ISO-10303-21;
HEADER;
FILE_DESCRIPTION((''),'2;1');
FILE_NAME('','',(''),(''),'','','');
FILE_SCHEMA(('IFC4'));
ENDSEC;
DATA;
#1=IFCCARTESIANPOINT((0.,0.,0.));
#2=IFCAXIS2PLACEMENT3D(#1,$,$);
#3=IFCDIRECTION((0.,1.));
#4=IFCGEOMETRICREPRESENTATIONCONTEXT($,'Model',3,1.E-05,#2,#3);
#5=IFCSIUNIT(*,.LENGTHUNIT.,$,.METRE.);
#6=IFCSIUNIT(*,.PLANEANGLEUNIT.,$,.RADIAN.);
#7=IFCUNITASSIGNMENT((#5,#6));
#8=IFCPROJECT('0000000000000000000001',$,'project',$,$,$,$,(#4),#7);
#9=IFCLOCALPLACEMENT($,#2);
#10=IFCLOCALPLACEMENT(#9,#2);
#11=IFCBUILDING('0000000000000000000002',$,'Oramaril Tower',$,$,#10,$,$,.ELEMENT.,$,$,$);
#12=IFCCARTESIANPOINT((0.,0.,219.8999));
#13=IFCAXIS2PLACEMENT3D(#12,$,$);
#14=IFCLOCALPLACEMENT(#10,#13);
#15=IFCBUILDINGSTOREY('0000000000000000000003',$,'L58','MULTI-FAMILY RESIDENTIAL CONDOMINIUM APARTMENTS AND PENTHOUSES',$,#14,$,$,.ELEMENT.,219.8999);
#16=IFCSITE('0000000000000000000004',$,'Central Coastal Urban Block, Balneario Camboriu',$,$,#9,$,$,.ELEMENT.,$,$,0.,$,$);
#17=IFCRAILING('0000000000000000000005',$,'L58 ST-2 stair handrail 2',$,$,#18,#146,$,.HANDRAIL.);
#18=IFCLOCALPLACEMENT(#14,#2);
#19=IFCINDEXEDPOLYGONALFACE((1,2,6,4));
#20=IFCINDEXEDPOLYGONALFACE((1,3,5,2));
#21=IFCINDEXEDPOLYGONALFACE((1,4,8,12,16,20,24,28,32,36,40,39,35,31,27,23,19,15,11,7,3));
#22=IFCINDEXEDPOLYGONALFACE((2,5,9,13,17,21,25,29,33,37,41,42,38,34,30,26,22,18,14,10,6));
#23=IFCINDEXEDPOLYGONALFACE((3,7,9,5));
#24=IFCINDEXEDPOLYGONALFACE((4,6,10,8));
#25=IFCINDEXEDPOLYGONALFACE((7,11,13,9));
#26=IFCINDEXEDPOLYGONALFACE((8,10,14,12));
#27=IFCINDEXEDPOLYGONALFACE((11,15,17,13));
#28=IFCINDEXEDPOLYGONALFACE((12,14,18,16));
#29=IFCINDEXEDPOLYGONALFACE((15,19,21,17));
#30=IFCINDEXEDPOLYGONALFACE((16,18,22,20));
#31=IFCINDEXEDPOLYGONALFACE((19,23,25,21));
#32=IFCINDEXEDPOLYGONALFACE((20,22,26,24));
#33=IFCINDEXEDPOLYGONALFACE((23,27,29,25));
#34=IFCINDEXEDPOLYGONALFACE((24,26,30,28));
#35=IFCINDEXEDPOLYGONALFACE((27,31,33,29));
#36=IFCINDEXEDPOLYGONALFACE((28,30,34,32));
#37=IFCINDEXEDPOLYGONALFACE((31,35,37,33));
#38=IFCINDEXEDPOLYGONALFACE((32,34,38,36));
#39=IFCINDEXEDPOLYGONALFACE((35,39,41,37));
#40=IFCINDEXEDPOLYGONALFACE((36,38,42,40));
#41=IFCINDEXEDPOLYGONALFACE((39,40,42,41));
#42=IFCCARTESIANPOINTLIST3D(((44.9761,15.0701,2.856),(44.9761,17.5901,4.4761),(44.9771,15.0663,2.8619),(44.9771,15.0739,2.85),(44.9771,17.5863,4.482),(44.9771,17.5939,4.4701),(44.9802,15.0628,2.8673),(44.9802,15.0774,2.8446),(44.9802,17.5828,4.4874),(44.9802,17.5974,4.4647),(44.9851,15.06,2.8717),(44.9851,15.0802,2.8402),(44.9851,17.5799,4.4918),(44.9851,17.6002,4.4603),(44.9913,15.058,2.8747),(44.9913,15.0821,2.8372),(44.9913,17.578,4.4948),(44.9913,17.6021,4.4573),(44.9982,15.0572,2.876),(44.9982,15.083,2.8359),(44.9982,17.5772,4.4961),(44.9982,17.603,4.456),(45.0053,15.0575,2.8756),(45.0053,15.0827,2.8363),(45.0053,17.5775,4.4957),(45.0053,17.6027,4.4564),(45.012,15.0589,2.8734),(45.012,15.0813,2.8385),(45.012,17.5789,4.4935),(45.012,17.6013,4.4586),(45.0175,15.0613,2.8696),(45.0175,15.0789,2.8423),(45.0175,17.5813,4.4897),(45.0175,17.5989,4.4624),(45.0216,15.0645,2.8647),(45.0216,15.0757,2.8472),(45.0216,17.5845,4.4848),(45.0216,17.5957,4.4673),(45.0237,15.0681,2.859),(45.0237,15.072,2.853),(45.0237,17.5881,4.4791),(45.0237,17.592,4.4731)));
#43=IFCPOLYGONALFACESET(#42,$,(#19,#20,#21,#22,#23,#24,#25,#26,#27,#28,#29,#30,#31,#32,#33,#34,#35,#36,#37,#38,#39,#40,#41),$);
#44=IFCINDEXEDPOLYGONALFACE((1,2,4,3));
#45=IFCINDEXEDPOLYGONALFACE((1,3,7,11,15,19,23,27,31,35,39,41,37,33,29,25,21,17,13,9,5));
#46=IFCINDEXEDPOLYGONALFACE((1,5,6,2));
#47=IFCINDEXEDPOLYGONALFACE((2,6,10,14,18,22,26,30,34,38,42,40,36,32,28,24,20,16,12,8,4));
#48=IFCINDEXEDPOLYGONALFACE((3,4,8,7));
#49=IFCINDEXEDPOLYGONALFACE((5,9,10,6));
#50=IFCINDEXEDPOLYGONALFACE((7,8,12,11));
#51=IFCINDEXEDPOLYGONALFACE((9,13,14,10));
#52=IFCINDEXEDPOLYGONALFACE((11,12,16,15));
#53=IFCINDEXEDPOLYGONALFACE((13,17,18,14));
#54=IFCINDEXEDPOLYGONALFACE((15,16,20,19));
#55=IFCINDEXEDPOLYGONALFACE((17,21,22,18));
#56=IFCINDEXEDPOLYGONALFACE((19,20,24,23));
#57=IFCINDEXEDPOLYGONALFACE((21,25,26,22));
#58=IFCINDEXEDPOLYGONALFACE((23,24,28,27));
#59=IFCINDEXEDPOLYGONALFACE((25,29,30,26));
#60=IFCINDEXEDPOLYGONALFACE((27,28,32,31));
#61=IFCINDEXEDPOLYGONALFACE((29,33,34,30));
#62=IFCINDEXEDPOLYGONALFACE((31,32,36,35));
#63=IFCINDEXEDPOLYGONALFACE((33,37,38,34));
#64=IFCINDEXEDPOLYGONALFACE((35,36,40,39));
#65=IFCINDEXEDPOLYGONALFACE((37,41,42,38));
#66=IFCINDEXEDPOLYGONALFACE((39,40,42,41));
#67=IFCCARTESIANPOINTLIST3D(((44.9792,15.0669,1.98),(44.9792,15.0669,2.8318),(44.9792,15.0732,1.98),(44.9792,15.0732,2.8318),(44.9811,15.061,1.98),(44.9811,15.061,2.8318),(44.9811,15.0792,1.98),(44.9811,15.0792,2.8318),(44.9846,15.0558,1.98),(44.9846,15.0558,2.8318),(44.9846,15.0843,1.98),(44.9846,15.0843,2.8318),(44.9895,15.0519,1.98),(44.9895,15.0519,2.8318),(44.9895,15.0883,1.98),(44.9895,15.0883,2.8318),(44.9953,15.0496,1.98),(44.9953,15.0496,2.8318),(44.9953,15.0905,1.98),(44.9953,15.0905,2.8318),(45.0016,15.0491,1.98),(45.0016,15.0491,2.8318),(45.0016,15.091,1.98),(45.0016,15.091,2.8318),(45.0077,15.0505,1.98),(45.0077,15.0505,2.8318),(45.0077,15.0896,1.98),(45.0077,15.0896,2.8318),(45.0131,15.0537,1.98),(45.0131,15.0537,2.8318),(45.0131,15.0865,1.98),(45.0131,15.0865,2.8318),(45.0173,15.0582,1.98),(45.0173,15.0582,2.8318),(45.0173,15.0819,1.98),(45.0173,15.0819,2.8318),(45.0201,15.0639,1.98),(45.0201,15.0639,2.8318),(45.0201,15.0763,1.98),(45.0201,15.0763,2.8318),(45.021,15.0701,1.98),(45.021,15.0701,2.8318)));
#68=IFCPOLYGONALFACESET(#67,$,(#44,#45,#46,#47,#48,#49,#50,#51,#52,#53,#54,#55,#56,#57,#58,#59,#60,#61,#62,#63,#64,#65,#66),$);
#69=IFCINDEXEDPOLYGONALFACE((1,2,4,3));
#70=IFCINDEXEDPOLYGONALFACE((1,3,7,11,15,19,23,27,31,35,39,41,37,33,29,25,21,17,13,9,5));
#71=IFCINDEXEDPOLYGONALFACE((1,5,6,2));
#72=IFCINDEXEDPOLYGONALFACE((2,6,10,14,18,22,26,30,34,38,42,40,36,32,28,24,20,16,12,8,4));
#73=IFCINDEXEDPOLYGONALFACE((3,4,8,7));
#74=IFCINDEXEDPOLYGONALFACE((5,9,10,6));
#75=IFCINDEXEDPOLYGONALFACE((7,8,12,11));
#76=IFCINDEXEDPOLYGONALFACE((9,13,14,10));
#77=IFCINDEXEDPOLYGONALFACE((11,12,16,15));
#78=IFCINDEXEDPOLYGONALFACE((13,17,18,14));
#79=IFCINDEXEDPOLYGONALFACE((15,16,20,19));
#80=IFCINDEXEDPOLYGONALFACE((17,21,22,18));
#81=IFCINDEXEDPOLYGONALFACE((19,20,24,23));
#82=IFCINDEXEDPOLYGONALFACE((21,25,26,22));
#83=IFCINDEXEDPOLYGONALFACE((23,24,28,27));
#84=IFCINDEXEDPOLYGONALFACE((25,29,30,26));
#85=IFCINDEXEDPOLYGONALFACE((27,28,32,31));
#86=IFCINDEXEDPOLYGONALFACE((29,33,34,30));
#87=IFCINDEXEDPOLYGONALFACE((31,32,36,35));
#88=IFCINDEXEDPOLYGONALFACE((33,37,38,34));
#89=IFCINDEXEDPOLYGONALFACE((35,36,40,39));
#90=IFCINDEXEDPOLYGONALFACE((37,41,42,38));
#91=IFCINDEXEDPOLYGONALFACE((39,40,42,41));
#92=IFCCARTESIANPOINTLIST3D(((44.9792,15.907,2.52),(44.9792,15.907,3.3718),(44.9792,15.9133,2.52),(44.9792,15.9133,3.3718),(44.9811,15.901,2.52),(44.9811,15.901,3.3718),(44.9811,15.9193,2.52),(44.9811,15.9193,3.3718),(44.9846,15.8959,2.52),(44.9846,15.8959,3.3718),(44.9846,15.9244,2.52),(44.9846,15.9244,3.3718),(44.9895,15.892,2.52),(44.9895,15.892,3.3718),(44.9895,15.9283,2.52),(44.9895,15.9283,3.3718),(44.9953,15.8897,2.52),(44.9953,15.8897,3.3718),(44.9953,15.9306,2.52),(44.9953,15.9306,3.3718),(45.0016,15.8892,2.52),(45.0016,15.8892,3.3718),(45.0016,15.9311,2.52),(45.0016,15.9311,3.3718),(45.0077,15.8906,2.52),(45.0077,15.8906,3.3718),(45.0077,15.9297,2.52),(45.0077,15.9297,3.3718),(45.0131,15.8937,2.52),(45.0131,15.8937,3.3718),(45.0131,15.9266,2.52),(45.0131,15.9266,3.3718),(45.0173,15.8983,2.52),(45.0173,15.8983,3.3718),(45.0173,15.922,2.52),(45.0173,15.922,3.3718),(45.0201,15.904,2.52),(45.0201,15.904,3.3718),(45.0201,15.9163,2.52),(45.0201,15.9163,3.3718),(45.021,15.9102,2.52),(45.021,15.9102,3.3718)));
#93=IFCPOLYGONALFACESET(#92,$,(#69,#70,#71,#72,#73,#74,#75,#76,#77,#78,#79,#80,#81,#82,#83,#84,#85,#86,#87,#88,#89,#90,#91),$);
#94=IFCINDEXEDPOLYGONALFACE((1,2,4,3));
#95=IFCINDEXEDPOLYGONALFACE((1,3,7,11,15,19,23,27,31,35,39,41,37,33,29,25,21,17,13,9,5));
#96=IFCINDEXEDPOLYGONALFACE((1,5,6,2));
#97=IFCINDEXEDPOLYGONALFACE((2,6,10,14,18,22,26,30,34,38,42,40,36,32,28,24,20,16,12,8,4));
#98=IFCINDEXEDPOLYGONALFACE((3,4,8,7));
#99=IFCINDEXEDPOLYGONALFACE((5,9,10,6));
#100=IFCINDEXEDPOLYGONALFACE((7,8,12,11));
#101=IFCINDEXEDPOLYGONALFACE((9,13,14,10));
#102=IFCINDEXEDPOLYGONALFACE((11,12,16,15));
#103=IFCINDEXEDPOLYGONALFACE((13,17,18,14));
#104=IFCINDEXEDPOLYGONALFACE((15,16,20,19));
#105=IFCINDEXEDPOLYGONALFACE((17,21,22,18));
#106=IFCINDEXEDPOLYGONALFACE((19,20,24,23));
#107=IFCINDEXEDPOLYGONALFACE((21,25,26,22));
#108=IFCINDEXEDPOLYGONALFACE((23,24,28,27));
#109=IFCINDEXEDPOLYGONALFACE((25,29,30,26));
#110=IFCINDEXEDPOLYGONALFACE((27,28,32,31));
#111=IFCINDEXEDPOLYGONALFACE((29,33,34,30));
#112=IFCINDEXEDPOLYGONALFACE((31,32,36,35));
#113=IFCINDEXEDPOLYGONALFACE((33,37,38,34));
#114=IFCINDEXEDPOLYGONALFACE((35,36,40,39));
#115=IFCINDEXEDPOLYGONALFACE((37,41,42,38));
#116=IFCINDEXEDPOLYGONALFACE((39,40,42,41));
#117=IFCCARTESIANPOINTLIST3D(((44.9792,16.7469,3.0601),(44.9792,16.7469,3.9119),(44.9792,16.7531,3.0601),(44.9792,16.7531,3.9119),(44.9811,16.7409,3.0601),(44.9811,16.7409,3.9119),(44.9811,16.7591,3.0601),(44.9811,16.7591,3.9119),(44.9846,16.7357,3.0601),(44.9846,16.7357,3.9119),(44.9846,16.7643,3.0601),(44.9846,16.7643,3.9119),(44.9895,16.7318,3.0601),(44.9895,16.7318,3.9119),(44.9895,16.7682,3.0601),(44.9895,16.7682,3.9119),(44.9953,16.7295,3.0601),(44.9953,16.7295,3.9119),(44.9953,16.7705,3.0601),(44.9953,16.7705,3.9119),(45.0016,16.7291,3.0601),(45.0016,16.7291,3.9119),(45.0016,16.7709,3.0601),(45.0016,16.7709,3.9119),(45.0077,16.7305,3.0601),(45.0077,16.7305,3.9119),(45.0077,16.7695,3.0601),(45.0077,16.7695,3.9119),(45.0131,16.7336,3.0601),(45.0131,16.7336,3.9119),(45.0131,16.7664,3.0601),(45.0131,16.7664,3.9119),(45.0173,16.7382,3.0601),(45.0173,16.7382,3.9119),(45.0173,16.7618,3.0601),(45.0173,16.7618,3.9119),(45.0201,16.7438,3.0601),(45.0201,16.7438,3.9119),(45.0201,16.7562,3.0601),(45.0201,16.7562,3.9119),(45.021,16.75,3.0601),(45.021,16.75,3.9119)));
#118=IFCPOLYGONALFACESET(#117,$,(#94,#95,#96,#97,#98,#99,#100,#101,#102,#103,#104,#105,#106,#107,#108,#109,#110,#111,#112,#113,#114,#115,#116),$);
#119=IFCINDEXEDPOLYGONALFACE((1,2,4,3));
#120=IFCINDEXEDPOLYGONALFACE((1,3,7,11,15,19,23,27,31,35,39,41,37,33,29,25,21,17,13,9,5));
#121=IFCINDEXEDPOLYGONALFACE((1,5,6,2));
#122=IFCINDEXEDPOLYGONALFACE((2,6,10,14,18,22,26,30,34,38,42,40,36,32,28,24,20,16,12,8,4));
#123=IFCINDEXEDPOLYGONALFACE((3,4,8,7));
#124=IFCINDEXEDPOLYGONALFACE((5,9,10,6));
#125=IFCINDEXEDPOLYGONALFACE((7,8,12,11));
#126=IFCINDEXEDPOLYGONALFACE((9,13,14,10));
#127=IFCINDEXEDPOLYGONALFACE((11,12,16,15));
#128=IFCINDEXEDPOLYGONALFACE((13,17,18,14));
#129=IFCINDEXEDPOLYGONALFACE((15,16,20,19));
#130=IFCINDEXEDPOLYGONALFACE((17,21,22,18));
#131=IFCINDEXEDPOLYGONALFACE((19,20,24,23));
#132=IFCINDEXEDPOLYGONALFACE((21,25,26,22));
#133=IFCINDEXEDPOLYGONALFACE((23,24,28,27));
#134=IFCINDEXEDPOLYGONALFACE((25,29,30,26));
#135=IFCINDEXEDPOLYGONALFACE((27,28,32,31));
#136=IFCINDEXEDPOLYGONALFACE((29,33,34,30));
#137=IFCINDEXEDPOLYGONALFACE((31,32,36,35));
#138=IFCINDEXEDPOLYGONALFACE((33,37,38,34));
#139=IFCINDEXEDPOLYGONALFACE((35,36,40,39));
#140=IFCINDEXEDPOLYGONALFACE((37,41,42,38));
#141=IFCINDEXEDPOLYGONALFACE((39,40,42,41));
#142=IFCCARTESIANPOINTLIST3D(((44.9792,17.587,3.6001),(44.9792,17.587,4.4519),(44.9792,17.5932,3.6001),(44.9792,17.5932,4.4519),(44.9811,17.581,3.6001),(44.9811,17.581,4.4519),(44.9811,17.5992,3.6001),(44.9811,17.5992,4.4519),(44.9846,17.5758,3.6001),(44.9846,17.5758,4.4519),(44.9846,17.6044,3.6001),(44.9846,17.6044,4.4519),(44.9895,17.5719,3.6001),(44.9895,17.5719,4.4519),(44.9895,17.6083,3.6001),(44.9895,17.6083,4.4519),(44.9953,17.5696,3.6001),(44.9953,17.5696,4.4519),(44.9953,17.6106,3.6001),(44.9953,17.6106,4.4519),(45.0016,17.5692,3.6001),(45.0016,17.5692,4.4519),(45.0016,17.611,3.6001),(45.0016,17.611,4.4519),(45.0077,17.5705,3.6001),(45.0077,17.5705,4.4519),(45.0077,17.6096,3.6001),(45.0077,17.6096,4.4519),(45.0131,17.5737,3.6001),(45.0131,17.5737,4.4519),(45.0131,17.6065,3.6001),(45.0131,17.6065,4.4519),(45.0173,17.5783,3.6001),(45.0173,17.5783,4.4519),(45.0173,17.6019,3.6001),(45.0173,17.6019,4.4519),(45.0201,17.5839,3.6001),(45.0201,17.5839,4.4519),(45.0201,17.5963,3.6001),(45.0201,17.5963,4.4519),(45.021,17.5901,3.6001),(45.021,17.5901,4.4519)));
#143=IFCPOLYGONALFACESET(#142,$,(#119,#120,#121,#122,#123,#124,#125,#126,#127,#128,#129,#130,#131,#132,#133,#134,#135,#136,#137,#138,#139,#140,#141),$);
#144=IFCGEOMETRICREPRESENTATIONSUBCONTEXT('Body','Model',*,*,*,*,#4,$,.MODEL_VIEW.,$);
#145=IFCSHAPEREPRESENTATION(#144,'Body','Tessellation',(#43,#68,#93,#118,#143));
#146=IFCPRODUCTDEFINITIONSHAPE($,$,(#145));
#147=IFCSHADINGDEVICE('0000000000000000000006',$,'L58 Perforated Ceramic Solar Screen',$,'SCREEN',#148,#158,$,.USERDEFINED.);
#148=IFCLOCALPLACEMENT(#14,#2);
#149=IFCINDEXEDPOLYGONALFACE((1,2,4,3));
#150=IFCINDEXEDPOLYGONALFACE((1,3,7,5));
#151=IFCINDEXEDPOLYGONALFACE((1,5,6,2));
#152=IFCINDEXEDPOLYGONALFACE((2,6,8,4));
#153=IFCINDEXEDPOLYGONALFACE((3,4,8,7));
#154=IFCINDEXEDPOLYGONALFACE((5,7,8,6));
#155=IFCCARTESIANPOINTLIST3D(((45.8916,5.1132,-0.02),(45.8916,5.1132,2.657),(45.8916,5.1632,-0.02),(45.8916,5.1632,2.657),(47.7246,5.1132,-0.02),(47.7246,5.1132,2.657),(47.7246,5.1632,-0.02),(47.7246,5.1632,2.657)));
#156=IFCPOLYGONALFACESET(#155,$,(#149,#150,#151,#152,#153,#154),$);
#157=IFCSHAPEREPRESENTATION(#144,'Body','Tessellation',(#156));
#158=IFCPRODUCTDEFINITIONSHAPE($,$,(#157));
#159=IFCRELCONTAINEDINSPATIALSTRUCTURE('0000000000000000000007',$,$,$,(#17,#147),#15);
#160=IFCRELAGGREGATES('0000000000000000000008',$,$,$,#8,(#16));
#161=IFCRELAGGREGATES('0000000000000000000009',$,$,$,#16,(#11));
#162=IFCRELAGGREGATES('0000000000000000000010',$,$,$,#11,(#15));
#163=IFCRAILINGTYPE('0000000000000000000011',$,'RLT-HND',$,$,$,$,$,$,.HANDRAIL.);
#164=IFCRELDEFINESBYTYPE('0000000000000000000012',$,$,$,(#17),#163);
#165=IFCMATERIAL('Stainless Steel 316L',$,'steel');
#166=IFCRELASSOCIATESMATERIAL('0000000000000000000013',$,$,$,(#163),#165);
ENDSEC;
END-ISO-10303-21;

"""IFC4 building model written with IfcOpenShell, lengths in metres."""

from ifc_helpers import new_model, si_unit, direction, frame, origin, origin_2d, place, context, subcontext, project, spatial, rectangle, circle, extrude, material, type_object, element, save


model = new_model("IFC4")

# Units and contexts
model_context = context("Model", 3, precision=1e-05, world=origin(), true_north=direction((0.0, 1.0)))
body_context = subcontext(model_context, "Body", "Model", "MODEL_VIEW")
ifc_project = project(units=[si_unit("LENGTHUNIT", "METRE"), si_unit("PLANEANGLEUNIT", "RADIAN")], contexts=[model_context])

# Site, building, storey
site_placement = place(None, origin())
site = spatial("IfcSite", under=ifc_project, at=site_placement, Name="Central Coastal Urban Block, Balneario Camboriu", CompositionType="ELEMENT", RefElevation=0.0)
building_placement = place(site_placement, origin())
building = spatial("IfcBuilding", under=site, at=building_placement, Name="Oramaril Tower", CompositionType="ELEMENT")
storey_placement = place(building_placement, frame((0.0, 0.0, 219.8999)))
storey = spatial("IfcBuildingStorey", under=building, at=storey_placement, Name="L58", Description="MULTI-FAMILY RESIDENTIAL CONDOMINIUM APARTMENTS AND PENTHOUSES", CompositionType="ELEMENT", Elevation=219.8999)

# Railing
ifc_material_1 = material(Name="Stainless Steel 316L", Category="steel")
railing_type_1 = type_object("IfcRailingType", Name="RLT-HND", PredefinedType="HANDRAIL", material=ifc_material_1)
railing_1_placement = place(storey_placement, frame((45.0, 15.0701, 1.98)))
element("IfcRailing", 1, at=railing_1_placement, inside=storey, type_object=railing_type_1, Name="L58 ST-2 stair handrail 2", PredefinedType="HANDRAIL", context=body_context, shape_type="SweptSolid", body=[
    extrude(circle(Radius=0.0239, at=origin_2d()), frame((0.0, 0.0, 0.876), z_axis=(0.0, 0.841163, 0.540782), x_axis=(-1.0, 0.0, 0.0)), (0.0, 0.0, 1.0), 2.9958),
    extrude(circle(Radius=0.021, at=origin_2d()), origin(), (0.0, 0.0, 1.0), 0.8518),
    extrude(circle(Radius=0.021, at=origin_2d()), frame((0.0, 0.8401, 0.54)), (0.0, 0.0, 1.0), 0.8518),
    extrude(circle(Radius=0.021, at=origin_2d()), frame((0.0, 1.6799, 1.0801)), (0.0, 0.0, 1.0), 0.8518),
    extrude(circle(Radius=0.021, at=origin_2d()), frame((0.0, 2.52, 1.6201)), (0.0, 0.0, 1.0), 0.8518),
])

# Shading device
shading_device_placement = place(storey_placement, frame((46.8081, 5.1382, -0.02), z_axis=(0.0, 0.0, 1.0), x_axis=(1.0, 0.0, 0.0)))
element("IfcShadingDevice", 2, at=shading_device_placement, inside=storey, Name="L58 Perforated Ceramic Solar Screen", ObjectType="SCREEN", PredefinedType="USERDEFINED", context=body_context, shape_type="SweptSolid", body=[
    extrude(rectangle(XDim=1.833, YDim=0.05, at=origin_2d()), origin(), (0.0, 0.0, 1.0), 2.677),
])

save(model, "model.ifc")
